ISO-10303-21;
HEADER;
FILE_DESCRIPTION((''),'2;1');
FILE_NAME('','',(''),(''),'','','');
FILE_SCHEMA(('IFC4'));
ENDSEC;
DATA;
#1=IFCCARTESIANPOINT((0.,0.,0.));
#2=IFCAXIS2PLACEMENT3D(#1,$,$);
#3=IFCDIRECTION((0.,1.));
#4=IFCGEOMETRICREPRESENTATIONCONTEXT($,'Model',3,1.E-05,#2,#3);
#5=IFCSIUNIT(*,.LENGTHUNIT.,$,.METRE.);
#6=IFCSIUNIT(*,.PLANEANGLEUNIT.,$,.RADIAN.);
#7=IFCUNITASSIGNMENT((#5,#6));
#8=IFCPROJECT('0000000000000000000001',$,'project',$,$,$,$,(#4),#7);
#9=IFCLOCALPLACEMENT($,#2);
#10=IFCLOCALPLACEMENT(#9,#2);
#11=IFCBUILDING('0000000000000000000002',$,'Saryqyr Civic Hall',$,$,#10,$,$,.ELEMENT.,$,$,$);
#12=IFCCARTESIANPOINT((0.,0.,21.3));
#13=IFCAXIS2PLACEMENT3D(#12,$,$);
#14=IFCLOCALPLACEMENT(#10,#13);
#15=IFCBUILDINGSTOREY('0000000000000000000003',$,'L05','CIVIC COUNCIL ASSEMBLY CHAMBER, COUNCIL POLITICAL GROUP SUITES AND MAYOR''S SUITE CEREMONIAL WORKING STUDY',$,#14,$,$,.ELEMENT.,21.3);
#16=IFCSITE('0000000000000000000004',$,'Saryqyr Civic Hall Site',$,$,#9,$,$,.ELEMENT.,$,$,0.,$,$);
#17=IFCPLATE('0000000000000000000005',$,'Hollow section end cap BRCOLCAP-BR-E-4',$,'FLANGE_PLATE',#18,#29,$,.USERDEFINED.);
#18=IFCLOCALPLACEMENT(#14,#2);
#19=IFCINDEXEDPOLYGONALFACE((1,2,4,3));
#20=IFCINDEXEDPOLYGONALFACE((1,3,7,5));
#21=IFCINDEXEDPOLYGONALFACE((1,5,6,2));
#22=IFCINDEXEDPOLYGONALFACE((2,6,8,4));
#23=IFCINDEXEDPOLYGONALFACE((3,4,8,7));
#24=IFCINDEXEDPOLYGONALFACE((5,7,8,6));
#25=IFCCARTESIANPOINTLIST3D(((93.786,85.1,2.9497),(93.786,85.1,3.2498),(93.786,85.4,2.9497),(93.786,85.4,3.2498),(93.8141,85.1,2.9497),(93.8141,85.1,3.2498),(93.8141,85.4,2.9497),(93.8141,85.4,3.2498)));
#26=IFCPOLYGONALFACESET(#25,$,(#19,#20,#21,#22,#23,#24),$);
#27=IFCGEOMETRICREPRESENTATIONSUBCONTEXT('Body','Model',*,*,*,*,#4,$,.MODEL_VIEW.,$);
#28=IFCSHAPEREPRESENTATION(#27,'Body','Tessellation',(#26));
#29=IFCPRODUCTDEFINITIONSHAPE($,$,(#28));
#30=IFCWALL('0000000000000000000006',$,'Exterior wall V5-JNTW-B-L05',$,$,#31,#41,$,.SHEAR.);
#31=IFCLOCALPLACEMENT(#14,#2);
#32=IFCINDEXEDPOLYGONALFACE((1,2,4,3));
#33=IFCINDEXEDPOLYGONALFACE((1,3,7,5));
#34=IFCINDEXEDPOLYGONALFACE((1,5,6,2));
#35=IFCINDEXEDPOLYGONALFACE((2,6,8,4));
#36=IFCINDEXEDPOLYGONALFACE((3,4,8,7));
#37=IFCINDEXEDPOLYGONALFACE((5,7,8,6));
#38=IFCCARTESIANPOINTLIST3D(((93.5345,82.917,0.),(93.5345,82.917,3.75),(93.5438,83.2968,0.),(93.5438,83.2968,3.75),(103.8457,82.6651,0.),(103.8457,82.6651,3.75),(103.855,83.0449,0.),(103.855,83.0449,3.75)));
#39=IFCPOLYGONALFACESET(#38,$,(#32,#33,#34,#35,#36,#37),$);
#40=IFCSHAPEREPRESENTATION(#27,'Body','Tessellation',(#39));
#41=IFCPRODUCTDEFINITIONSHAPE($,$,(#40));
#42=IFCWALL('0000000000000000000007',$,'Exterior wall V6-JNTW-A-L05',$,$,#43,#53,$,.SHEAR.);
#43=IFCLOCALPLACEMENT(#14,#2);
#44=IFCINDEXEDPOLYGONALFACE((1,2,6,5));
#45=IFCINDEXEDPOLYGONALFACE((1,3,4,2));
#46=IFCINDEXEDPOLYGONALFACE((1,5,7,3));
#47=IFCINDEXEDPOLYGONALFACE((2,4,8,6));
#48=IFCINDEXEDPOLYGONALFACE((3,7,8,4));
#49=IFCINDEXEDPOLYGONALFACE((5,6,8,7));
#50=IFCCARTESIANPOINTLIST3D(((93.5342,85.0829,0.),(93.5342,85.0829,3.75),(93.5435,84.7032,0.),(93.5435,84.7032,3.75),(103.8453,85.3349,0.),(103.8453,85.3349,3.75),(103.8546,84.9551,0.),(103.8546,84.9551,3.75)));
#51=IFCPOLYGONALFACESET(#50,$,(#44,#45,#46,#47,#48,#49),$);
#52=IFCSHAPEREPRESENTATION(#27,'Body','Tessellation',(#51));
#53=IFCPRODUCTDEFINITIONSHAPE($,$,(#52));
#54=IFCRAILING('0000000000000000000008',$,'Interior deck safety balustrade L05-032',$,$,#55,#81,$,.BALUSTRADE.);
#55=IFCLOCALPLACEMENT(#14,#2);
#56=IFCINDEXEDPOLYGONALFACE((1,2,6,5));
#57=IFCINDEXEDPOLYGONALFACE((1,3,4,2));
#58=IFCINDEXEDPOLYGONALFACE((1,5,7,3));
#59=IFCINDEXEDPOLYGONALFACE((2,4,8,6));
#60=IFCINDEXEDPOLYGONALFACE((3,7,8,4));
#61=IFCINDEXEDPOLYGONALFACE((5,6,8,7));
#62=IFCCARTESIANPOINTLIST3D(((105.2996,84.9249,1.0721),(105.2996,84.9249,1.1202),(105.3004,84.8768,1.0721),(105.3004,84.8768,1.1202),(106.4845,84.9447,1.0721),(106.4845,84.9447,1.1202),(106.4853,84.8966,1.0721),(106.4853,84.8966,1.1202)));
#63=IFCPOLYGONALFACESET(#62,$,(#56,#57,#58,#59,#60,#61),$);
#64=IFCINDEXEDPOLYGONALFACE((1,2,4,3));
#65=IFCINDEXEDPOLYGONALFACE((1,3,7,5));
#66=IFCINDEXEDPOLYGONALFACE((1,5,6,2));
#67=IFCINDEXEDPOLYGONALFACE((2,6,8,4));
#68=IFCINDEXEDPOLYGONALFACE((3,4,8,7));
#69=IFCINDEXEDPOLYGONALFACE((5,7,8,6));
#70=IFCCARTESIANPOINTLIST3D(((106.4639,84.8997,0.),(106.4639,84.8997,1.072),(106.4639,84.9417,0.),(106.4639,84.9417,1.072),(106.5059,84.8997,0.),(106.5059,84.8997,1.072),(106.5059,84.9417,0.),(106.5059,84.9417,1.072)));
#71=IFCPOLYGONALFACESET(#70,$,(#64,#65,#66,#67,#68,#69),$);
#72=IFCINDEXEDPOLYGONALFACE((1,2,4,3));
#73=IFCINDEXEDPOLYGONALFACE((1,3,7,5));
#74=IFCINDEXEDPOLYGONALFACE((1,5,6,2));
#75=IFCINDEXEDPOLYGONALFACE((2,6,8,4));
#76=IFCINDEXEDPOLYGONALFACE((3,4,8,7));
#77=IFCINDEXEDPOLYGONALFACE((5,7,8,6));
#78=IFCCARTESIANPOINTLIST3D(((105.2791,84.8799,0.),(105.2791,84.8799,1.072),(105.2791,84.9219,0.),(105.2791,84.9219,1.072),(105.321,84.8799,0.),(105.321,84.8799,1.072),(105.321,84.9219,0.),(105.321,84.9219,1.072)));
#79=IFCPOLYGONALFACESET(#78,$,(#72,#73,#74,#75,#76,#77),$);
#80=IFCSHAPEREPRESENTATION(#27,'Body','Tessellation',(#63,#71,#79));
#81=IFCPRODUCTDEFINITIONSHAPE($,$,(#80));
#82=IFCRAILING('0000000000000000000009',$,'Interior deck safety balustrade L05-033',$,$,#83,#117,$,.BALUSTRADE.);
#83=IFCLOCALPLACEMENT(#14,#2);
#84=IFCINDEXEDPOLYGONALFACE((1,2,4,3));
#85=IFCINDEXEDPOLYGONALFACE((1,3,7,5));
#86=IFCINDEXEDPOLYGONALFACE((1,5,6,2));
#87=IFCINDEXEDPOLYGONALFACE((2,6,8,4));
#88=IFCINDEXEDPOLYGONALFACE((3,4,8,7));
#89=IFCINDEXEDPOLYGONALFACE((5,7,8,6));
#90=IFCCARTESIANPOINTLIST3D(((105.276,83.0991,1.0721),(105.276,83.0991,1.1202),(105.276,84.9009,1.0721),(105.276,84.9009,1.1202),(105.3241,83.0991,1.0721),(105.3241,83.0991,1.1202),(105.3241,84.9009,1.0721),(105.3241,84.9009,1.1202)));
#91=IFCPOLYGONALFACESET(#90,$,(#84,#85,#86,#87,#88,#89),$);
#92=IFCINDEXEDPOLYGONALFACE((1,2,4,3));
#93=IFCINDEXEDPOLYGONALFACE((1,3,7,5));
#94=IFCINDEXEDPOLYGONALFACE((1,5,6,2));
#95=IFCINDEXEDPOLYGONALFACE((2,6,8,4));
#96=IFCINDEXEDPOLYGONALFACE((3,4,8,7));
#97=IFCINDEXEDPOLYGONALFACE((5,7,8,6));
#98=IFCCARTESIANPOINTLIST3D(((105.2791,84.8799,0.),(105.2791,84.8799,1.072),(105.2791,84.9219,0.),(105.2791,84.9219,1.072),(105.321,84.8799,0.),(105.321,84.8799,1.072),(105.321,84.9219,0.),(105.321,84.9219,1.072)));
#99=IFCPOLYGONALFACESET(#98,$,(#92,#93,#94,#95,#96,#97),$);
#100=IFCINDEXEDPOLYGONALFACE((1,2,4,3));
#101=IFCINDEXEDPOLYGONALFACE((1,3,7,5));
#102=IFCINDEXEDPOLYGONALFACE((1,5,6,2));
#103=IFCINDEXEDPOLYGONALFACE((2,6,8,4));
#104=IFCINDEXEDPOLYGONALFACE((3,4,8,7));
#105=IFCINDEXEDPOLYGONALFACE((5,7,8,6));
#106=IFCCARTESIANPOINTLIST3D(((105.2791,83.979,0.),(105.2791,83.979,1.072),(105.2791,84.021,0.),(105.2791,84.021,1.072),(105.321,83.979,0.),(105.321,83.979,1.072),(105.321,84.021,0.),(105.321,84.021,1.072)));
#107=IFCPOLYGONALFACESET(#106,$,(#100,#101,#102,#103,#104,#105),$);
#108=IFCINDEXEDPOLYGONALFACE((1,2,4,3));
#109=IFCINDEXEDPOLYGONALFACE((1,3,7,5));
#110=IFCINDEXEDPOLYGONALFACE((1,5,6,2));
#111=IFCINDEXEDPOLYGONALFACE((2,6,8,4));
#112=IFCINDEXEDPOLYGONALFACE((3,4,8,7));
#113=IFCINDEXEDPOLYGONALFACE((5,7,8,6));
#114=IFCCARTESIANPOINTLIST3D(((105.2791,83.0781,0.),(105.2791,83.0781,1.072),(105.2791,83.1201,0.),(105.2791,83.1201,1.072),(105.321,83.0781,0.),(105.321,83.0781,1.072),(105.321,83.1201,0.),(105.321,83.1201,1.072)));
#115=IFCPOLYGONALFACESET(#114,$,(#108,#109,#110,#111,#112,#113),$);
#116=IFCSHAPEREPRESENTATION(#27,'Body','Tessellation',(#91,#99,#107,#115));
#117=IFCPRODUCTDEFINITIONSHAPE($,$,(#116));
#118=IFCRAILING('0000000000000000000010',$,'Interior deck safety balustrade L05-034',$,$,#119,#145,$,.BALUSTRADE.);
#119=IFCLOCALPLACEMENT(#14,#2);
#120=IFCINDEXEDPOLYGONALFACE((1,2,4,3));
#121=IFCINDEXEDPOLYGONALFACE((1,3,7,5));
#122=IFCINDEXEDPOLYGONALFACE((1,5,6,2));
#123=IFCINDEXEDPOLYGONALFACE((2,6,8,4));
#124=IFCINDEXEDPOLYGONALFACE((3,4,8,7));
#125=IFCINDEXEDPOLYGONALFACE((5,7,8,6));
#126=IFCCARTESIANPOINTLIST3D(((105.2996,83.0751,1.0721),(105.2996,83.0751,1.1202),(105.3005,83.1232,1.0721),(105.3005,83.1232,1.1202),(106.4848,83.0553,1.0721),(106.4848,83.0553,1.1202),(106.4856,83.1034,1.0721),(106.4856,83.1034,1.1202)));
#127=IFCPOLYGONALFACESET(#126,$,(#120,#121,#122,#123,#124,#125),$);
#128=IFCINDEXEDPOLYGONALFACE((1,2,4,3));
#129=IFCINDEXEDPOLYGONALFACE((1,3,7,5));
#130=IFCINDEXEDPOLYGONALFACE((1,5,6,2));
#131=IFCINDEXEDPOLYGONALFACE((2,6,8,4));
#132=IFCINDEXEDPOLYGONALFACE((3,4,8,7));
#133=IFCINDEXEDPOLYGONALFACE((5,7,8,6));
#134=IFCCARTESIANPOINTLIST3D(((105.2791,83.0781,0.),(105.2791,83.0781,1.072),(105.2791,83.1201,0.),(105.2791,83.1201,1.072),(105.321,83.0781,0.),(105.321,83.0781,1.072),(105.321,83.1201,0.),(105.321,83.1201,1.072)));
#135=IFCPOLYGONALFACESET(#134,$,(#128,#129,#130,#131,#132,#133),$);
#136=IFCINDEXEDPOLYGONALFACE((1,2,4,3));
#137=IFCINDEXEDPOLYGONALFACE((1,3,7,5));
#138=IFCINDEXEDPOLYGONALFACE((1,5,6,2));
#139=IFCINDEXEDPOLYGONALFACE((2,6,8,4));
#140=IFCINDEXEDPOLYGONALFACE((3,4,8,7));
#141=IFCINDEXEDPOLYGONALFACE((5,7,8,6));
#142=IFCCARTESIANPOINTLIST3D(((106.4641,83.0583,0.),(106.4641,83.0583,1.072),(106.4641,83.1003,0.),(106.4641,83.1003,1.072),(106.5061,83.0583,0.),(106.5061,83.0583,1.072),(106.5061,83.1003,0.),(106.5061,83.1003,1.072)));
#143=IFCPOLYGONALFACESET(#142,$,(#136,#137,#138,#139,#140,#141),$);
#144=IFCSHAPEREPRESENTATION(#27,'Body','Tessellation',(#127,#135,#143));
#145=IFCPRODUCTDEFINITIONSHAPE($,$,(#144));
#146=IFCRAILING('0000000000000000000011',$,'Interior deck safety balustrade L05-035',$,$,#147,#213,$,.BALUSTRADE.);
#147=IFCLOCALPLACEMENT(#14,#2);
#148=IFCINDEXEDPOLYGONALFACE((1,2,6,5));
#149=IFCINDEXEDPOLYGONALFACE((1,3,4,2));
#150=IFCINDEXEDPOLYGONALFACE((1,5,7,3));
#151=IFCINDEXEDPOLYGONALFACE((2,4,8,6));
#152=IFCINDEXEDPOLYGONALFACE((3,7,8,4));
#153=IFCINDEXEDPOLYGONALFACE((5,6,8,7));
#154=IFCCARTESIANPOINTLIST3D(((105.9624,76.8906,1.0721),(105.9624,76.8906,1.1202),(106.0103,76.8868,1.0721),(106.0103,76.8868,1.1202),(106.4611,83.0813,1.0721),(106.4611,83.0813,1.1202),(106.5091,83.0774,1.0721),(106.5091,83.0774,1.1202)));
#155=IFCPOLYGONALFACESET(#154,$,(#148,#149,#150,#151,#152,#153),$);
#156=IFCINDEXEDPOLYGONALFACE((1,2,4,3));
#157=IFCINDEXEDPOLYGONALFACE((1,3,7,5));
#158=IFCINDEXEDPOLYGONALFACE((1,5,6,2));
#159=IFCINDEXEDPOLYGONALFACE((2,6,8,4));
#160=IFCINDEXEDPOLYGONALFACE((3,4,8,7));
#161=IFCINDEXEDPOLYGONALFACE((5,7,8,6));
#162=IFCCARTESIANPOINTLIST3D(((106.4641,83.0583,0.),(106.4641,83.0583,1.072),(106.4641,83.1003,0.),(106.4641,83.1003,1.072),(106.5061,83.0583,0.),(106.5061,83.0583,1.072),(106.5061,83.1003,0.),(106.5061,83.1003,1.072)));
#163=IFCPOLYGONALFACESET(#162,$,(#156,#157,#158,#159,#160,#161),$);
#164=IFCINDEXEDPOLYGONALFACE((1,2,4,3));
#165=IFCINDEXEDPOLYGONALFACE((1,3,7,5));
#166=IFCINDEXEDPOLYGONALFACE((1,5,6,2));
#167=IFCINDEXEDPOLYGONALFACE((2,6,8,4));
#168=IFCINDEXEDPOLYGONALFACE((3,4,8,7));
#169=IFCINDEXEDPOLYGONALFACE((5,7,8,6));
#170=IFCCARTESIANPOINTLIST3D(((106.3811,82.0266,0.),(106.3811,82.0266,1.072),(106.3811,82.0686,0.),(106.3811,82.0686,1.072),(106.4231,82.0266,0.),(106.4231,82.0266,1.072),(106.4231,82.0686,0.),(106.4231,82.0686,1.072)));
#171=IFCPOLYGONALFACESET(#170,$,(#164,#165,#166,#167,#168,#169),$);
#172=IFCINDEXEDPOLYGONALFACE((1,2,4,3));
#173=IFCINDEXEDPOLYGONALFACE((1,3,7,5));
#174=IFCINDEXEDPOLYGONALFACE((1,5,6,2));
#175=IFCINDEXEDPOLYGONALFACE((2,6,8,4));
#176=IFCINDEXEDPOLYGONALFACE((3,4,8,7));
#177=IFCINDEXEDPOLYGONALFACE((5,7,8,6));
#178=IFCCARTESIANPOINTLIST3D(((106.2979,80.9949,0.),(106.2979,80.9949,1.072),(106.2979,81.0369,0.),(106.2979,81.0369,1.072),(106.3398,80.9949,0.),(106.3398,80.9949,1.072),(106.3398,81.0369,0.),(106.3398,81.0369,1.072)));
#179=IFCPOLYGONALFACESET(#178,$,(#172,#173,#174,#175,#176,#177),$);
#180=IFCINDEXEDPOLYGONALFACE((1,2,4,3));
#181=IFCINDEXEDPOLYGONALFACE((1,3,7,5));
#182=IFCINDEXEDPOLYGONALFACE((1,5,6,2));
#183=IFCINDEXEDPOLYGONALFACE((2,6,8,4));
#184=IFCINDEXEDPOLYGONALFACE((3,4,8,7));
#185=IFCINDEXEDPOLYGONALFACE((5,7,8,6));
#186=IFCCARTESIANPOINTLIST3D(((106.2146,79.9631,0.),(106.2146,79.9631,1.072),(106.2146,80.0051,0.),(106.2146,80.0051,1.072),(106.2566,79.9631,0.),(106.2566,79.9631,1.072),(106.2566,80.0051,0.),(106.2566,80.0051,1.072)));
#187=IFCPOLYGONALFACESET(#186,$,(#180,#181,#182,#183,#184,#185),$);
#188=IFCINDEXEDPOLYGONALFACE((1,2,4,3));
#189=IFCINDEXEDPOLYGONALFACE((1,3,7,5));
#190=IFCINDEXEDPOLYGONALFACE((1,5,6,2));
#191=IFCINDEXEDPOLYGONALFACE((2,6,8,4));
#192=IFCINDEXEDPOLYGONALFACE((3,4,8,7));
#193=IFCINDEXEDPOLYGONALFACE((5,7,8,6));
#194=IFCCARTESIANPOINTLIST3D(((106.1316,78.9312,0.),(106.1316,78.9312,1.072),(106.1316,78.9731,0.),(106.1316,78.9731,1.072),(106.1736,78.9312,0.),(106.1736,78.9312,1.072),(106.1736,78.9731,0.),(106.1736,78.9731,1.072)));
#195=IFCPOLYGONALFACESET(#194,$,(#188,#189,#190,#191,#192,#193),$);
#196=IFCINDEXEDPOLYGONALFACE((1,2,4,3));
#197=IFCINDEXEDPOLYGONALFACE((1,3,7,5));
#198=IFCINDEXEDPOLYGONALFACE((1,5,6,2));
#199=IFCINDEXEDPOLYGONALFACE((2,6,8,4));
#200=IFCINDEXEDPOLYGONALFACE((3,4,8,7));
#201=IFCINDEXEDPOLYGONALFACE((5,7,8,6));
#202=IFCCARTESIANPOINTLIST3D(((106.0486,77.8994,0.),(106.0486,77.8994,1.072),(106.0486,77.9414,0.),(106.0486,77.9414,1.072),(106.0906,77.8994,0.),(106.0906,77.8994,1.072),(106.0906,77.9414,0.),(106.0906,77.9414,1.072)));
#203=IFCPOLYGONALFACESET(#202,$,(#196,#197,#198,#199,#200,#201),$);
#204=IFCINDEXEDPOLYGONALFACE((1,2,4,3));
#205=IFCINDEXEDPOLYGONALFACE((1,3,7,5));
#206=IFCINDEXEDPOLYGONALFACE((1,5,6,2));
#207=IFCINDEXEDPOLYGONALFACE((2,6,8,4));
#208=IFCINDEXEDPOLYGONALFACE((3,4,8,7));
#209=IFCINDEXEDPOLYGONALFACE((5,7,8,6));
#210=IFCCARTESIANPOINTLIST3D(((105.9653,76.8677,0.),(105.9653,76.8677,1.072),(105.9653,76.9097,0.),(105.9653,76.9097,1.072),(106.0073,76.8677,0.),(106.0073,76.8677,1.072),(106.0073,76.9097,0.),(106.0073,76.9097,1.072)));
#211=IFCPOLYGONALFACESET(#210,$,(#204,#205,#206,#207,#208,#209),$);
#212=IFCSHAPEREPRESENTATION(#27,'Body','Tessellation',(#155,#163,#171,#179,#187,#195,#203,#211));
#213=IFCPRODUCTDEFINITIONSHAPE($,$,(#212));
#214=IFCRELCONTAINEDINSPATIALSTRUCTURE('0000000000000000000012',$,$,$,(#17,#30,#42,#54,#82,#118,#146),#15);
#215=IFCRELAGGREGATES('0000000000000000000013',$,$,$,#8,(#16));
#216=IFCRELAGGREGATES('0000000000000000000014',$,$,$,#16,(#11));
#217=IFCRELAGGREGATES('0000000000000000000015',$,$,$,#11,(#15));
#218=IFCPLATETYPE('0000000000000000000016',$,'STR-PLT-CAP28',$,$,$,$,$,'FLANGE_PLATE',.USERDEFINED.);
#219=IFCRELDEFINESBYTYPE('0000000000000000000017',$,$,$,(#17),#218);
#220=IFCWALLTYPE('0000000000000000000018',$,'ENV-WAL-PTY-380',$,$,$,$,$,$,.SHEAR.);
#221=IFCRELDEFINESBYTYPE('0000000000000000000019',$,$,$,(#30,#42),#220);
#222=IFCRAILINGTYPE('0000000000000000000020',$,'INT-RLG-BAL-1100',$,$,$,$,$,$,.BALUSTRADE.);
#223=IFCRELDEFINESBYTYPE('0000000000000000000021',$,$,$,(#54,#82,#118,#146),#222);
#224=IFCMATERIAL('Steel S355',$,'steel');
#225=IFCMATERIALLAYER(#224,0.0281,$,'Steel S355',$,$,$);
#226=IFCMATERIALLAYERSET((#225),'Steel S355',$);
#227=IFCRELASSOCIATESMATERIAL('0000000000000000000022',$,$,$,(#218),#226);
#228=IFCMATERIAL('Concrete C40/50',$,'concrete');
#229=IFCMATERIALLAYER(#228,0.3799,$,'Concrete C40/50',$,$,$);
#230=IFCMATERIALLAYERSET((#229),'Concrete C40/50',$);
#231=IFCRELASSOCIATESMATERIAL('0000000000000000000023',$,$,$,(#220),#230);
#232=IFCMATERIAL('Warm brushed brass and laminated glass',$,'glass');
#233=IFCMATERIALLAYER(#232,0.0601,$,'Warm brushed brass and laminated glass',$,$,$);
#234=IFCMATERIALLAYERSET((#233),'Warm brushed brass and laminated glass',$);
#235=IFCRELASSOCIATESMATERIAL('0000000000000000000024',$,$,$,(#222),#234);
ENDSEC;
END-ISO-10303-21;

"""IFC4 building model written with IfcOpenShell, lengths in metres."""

from ifc_helpers import new_model, si_unit, direction, frame, frame_2d, origin, origin_2d, place, context, subcontext, project, spatial, rectangle, extrude, material, layer, layer_set, type_object, element, save


model = new_model("IFC4")

# Units and contexts
model_context = context("Model", 3, precision=1e-05, world=origin(), true_north=direction((0.0, 1.0)))
body_context = subcontext(model_context, "Body", "Model", "MODEL_VIEW")
ifc_project = project(units=[si_unit("LENGTHUNIT", "METRE"), si_unit("PLANEANGLEUNIT", "RADIAN")], contexts=[model_context])

# Site, building, storey
site_placement = place(None, origin())
site = spatial("IfcSite", under=ifc_project, at=site_placement, Name="Saryqyr Civic Hall Site", CompositionType="ELEMENT", RefElevation=0.0)
building_placement = place(site_placement, origin())
building = spatial("IfcBuilding", under=site, at=building_placement, Name="Saryqyr Civic Hall", CompositionType="ELEMENT")
storey_placement = place(building_placement, frame((0.0, 0.0, 21.3)))
storey = spatial("IfcBuildingStorey", under=building, at=storey_placement, Name="L05", Description="CIVIC COUNCIL ASSEMBLY CHAMBER, COUNCIL POLITICAL GROUP SUITES AND MAYOR'S SUITE CEREMONIAL WORKING STUDY", CompositionType="ELEMENT", Elevation=21.3)

# Shared definitions
ifc_material_1 = material(Name="Steel S355", Category="steel")
ifc_material_2 = material(Name="Concrete C40/50", Category="concrete")

# Plate
ifc_layer_1 = layer(ifc_material_1, 0.0281, Name="Steel S355")
ifc_layer_set_1 = layer_set([ifc_layer_1], Name="Steel S355")
plate_type_1 = type_object("IfcPlateType", Name="STR-PLT-CAP28", ElementType="FLANGE_PLATE", PredefinedType="USERDEFINED", material=ifc_layer_set_1)
for number, where, z_axis, x_axis, name in (
    (1, (93.8, 85.25, 2.9497), (0.0, 0.0, 1.0), (1.0, 0.0, 0.0), "Hollow section end cap BRCOLCAP-BR-E-4"),
):
    element("IfcPlate", number, at=place(storey_placement, frame(where, z_axis=z_axis, x_axis=x_axis)), inside=storey, type_object=plate_type_1, Name=name, ObjectType="FLANGE_PLATE", PredefinedType="USERDEFINED", context=body_context, shape_type="SweptSolid", body=[
        extrude(rectangle(XDim=0.0281, YDim=0.3, at=origin_2d()), origin(), (0.0, 0.0, 1.0), 0.3),
    ])

# Walls
ifc_layer_2 = layer(ifc_material_2, 0.3799, Name="Concrete C40/50")
ifc_layer_set_2 = layer_set([ifc_layer_2], Name="Concrete C40/50")
wall_type = type_object("IfcWallType", Name="ENV-WAL-PTY-380", PredefinedType="SHEAR", material=ifc_layer_set_2)
for number, where, z_axis, x_axis, name in (
    (2, (93.5391, 83.1069, 0.0), (0.0, 0.0, 1.0), (0.999702, -0.024428, 0.0), "Exterior wall V5-JNTW-B-L05"),
    (3, (103.8501, 85.145, 0.0), (0.0, 0.0, 1.0), (-0.999702, -0.024428, 0.0), "Exterior wall V6-JNTW-A-L05"),
):
    element("IfcWall", number, at=place(storey_placement, frame(where, z_axis=z_axis, x_axis=x_axis)), inside=storey, type_object=wall_type, Name=name, PredefinedType="SHEAR", context=body_context, shape_type="SweptSolid", body=[
        extrude(rectangle(XDim=10.3142, YDim=0.3799, at=frame_2d((5.1572, 0.0))), origin(), (0.0, 0.0, 1.0), 3.75),
    ])

# Railings
ifc_material_3 = material(Name="Warm brushed brass and laminated glass", Category="glass")
ifc_layer_3 = layer(ifc_material_3, 0.0601, Name="Warm brushed brass and laminated glass")
ifc_layer_set_3 = layer_set([ifc_layer_3], Name="Warm brushed brass and laminated glass")
railing_type = type_object("IfcRailingType", Name="INT-RLG-BAL-1100", PredefinedType="BALUSTRADE", material=ifc_layer_set_3)
railing_1_placement = place(storey_placement, frame((106.4849, 84.9207, 0.0)))
element("IfcRailing", 4, at=railing_1_placement, inside=storey, type_object=railing_type, Name="Interior deck safety balustrade L05-032", PredefinedType="BALUSTRADE", context=body_context, shape_type="SweptSolid", body=[
    extrude(rectangle(XDim=0.0481, YDim=0.0481, at=origin_2d()), frame((0.0, 0.0, 1.0962), z_axis=(-0.999861, -0.016688, 0.0), x_axis=(0.016688, -0.999861, 0.0)), (0.0, 0.0, 1.0), 1.1851),
    extrude(rectangle(XDim=0.042, YDim=0.042, at=origin_2d()), origin(), (0.0, 0.0, 1.0), 1.072),
    extrude(rectangle(XDim=0.042, YDim=0.042, at=origin_2d()), frame((-1.1848, -0.0198, 0.0)), (0.0, 0.0, 1.0), 1.072),
])
railing_2_placement = place(storey_placement, frame((105.3, 84.9009, 0.0)))
element("IfcRailing", 5, at=railing_2_placement, inside=storey, type_object=railing_type, Name="Interior deck safety balustrade L05-033", PredefinedType="BALUSTRADE", context=body_context, shape_type="SweptSolid", body=[
    extrude(rectangle(XDim=0.0481, YDim=0.0481, at=origin_2d()), frame((0.0, 0.0, 1.0962), z_axis=(0.0, -1.0, 0.0), x_axis=(1.0, 0.0, 0.0)), (0.0, 0.0, 1.0), 1.8018),
    extrude(rectangle(XDim=0.042, YDim=0.042, at=origin_2d()), origin(), (0.0, 0.0, 1.0), 1.072),
    extrude(rectangle(XDim=0.042, YDim=0.042, at=origin_2d()), frame((0.0, -0.9009, 0.0)), (0.0, 0.0, 1.0), 1.072),
    extrude(rectangle(XDim=0.042, YDim=0.042, at=origin_2d()), frame((0.0, -1.8018, 0.0)), (0.0, 0.0, 1.0), 1.072),
])
railing_3_placement = place(storey_placement, frame((105.3, 83.0991, 0.0)))
element("IfcRailing", 6, at=railing_3_placement, inside=storey, type_object=railing_type, Name="Interior deck safety balustrade L05-034", PredefinedType="BALUSTRADE", context=body_context, shape_type="SweptSolid", body=[
    extrude(rectangle(XDim=0.0481, YDim=0.0481, at=origin_2d()), frame((0.0, 0.0, 1.0962), z_axis=(0.999861, -0.016685, 0.0), x_axis=(0.016685, 0.999861, 0.0)), (0.0, 0.0, 1.0), 1.1853),
    extrude(rectangle(XDim=0.042, YDim=0.042, at=origin_2d()), origin(), (0.0, 0.0, 1.0), 1.072),
    extrude(rectangle(XDim=0.042, YDim=0.042, at=origin_2d()), frame((1.1851, -0.0198, 0.0)), (0.0, 0.0, 1.0), 1.072),
])
railing_4_placement = place(storey_placement, frame((106.4851, 83.0793, 0.0)))
element("IfcRailing", 7, at=railing_4_placement, inside=storey, type_object=railing_type, Name="Interior deck safety balustrade L05-035", PredefinedType="BALUSTRADE", context=body_context, shape_type="SweptSolid", body=[
    extrude(rectangle(XDim=0.0481, YDim=0.0481, at=origin_2d()), frame((0.0, 0.0, 1.0962), z_axis=(-0.080309, -0.99677, 0.0), x_axis=(0.99677, -0.080309, 0.0)), (0.0, 0.0, 1.0), 6.2107),
    extrude(rectangle(XDim=0.042, YDim=0.042, at=origin_2d()), origin(), (0.0, 0.0, 1.0), 1.072),
    extrude(rectangle(XDim=0.042, YDim=0.042, at=origin_2d()), frame((-0.083, -1.0317, 0.0)), (0.0, 0.0, 1.0), 1.072),
    extrude(rectangle(XDim=0.042, YDim=0.042, at=origin_2d()), frame((-0.1663, -2.0635, 0.0)), (0.0, 0.0, 1.0), 1.072),
    extrude(rectangle(XDim=0.042, YDim=0.042, at=origin_2d()), frame((-0.2495, -3.0952, 0.0)), (0.0, 0.0, 1.0), 1.072),
    extrude(rectangle(XDim=0.042, YDim=0.042, at=origin_2d()), frame((-0.3325, -4.1272, 0.0)), (0.0, 0.0, 1.0), 1.072),
    extrude(rectangle(XDim=0.042, YDim=0.042, at=origin_2d()), frame((-0.4155, -5.1589, 0.0)), (0.0, 0.0, 1.0), 1.072),
    extrude(rectangle(XDim=0.042, YDim=0.042, at=origin_2d()), frame((-0.4988, -6.1907, 0.0)), (0.0, 0.0, 1.0), 1.072),
])

save(model, "model.ifc")
